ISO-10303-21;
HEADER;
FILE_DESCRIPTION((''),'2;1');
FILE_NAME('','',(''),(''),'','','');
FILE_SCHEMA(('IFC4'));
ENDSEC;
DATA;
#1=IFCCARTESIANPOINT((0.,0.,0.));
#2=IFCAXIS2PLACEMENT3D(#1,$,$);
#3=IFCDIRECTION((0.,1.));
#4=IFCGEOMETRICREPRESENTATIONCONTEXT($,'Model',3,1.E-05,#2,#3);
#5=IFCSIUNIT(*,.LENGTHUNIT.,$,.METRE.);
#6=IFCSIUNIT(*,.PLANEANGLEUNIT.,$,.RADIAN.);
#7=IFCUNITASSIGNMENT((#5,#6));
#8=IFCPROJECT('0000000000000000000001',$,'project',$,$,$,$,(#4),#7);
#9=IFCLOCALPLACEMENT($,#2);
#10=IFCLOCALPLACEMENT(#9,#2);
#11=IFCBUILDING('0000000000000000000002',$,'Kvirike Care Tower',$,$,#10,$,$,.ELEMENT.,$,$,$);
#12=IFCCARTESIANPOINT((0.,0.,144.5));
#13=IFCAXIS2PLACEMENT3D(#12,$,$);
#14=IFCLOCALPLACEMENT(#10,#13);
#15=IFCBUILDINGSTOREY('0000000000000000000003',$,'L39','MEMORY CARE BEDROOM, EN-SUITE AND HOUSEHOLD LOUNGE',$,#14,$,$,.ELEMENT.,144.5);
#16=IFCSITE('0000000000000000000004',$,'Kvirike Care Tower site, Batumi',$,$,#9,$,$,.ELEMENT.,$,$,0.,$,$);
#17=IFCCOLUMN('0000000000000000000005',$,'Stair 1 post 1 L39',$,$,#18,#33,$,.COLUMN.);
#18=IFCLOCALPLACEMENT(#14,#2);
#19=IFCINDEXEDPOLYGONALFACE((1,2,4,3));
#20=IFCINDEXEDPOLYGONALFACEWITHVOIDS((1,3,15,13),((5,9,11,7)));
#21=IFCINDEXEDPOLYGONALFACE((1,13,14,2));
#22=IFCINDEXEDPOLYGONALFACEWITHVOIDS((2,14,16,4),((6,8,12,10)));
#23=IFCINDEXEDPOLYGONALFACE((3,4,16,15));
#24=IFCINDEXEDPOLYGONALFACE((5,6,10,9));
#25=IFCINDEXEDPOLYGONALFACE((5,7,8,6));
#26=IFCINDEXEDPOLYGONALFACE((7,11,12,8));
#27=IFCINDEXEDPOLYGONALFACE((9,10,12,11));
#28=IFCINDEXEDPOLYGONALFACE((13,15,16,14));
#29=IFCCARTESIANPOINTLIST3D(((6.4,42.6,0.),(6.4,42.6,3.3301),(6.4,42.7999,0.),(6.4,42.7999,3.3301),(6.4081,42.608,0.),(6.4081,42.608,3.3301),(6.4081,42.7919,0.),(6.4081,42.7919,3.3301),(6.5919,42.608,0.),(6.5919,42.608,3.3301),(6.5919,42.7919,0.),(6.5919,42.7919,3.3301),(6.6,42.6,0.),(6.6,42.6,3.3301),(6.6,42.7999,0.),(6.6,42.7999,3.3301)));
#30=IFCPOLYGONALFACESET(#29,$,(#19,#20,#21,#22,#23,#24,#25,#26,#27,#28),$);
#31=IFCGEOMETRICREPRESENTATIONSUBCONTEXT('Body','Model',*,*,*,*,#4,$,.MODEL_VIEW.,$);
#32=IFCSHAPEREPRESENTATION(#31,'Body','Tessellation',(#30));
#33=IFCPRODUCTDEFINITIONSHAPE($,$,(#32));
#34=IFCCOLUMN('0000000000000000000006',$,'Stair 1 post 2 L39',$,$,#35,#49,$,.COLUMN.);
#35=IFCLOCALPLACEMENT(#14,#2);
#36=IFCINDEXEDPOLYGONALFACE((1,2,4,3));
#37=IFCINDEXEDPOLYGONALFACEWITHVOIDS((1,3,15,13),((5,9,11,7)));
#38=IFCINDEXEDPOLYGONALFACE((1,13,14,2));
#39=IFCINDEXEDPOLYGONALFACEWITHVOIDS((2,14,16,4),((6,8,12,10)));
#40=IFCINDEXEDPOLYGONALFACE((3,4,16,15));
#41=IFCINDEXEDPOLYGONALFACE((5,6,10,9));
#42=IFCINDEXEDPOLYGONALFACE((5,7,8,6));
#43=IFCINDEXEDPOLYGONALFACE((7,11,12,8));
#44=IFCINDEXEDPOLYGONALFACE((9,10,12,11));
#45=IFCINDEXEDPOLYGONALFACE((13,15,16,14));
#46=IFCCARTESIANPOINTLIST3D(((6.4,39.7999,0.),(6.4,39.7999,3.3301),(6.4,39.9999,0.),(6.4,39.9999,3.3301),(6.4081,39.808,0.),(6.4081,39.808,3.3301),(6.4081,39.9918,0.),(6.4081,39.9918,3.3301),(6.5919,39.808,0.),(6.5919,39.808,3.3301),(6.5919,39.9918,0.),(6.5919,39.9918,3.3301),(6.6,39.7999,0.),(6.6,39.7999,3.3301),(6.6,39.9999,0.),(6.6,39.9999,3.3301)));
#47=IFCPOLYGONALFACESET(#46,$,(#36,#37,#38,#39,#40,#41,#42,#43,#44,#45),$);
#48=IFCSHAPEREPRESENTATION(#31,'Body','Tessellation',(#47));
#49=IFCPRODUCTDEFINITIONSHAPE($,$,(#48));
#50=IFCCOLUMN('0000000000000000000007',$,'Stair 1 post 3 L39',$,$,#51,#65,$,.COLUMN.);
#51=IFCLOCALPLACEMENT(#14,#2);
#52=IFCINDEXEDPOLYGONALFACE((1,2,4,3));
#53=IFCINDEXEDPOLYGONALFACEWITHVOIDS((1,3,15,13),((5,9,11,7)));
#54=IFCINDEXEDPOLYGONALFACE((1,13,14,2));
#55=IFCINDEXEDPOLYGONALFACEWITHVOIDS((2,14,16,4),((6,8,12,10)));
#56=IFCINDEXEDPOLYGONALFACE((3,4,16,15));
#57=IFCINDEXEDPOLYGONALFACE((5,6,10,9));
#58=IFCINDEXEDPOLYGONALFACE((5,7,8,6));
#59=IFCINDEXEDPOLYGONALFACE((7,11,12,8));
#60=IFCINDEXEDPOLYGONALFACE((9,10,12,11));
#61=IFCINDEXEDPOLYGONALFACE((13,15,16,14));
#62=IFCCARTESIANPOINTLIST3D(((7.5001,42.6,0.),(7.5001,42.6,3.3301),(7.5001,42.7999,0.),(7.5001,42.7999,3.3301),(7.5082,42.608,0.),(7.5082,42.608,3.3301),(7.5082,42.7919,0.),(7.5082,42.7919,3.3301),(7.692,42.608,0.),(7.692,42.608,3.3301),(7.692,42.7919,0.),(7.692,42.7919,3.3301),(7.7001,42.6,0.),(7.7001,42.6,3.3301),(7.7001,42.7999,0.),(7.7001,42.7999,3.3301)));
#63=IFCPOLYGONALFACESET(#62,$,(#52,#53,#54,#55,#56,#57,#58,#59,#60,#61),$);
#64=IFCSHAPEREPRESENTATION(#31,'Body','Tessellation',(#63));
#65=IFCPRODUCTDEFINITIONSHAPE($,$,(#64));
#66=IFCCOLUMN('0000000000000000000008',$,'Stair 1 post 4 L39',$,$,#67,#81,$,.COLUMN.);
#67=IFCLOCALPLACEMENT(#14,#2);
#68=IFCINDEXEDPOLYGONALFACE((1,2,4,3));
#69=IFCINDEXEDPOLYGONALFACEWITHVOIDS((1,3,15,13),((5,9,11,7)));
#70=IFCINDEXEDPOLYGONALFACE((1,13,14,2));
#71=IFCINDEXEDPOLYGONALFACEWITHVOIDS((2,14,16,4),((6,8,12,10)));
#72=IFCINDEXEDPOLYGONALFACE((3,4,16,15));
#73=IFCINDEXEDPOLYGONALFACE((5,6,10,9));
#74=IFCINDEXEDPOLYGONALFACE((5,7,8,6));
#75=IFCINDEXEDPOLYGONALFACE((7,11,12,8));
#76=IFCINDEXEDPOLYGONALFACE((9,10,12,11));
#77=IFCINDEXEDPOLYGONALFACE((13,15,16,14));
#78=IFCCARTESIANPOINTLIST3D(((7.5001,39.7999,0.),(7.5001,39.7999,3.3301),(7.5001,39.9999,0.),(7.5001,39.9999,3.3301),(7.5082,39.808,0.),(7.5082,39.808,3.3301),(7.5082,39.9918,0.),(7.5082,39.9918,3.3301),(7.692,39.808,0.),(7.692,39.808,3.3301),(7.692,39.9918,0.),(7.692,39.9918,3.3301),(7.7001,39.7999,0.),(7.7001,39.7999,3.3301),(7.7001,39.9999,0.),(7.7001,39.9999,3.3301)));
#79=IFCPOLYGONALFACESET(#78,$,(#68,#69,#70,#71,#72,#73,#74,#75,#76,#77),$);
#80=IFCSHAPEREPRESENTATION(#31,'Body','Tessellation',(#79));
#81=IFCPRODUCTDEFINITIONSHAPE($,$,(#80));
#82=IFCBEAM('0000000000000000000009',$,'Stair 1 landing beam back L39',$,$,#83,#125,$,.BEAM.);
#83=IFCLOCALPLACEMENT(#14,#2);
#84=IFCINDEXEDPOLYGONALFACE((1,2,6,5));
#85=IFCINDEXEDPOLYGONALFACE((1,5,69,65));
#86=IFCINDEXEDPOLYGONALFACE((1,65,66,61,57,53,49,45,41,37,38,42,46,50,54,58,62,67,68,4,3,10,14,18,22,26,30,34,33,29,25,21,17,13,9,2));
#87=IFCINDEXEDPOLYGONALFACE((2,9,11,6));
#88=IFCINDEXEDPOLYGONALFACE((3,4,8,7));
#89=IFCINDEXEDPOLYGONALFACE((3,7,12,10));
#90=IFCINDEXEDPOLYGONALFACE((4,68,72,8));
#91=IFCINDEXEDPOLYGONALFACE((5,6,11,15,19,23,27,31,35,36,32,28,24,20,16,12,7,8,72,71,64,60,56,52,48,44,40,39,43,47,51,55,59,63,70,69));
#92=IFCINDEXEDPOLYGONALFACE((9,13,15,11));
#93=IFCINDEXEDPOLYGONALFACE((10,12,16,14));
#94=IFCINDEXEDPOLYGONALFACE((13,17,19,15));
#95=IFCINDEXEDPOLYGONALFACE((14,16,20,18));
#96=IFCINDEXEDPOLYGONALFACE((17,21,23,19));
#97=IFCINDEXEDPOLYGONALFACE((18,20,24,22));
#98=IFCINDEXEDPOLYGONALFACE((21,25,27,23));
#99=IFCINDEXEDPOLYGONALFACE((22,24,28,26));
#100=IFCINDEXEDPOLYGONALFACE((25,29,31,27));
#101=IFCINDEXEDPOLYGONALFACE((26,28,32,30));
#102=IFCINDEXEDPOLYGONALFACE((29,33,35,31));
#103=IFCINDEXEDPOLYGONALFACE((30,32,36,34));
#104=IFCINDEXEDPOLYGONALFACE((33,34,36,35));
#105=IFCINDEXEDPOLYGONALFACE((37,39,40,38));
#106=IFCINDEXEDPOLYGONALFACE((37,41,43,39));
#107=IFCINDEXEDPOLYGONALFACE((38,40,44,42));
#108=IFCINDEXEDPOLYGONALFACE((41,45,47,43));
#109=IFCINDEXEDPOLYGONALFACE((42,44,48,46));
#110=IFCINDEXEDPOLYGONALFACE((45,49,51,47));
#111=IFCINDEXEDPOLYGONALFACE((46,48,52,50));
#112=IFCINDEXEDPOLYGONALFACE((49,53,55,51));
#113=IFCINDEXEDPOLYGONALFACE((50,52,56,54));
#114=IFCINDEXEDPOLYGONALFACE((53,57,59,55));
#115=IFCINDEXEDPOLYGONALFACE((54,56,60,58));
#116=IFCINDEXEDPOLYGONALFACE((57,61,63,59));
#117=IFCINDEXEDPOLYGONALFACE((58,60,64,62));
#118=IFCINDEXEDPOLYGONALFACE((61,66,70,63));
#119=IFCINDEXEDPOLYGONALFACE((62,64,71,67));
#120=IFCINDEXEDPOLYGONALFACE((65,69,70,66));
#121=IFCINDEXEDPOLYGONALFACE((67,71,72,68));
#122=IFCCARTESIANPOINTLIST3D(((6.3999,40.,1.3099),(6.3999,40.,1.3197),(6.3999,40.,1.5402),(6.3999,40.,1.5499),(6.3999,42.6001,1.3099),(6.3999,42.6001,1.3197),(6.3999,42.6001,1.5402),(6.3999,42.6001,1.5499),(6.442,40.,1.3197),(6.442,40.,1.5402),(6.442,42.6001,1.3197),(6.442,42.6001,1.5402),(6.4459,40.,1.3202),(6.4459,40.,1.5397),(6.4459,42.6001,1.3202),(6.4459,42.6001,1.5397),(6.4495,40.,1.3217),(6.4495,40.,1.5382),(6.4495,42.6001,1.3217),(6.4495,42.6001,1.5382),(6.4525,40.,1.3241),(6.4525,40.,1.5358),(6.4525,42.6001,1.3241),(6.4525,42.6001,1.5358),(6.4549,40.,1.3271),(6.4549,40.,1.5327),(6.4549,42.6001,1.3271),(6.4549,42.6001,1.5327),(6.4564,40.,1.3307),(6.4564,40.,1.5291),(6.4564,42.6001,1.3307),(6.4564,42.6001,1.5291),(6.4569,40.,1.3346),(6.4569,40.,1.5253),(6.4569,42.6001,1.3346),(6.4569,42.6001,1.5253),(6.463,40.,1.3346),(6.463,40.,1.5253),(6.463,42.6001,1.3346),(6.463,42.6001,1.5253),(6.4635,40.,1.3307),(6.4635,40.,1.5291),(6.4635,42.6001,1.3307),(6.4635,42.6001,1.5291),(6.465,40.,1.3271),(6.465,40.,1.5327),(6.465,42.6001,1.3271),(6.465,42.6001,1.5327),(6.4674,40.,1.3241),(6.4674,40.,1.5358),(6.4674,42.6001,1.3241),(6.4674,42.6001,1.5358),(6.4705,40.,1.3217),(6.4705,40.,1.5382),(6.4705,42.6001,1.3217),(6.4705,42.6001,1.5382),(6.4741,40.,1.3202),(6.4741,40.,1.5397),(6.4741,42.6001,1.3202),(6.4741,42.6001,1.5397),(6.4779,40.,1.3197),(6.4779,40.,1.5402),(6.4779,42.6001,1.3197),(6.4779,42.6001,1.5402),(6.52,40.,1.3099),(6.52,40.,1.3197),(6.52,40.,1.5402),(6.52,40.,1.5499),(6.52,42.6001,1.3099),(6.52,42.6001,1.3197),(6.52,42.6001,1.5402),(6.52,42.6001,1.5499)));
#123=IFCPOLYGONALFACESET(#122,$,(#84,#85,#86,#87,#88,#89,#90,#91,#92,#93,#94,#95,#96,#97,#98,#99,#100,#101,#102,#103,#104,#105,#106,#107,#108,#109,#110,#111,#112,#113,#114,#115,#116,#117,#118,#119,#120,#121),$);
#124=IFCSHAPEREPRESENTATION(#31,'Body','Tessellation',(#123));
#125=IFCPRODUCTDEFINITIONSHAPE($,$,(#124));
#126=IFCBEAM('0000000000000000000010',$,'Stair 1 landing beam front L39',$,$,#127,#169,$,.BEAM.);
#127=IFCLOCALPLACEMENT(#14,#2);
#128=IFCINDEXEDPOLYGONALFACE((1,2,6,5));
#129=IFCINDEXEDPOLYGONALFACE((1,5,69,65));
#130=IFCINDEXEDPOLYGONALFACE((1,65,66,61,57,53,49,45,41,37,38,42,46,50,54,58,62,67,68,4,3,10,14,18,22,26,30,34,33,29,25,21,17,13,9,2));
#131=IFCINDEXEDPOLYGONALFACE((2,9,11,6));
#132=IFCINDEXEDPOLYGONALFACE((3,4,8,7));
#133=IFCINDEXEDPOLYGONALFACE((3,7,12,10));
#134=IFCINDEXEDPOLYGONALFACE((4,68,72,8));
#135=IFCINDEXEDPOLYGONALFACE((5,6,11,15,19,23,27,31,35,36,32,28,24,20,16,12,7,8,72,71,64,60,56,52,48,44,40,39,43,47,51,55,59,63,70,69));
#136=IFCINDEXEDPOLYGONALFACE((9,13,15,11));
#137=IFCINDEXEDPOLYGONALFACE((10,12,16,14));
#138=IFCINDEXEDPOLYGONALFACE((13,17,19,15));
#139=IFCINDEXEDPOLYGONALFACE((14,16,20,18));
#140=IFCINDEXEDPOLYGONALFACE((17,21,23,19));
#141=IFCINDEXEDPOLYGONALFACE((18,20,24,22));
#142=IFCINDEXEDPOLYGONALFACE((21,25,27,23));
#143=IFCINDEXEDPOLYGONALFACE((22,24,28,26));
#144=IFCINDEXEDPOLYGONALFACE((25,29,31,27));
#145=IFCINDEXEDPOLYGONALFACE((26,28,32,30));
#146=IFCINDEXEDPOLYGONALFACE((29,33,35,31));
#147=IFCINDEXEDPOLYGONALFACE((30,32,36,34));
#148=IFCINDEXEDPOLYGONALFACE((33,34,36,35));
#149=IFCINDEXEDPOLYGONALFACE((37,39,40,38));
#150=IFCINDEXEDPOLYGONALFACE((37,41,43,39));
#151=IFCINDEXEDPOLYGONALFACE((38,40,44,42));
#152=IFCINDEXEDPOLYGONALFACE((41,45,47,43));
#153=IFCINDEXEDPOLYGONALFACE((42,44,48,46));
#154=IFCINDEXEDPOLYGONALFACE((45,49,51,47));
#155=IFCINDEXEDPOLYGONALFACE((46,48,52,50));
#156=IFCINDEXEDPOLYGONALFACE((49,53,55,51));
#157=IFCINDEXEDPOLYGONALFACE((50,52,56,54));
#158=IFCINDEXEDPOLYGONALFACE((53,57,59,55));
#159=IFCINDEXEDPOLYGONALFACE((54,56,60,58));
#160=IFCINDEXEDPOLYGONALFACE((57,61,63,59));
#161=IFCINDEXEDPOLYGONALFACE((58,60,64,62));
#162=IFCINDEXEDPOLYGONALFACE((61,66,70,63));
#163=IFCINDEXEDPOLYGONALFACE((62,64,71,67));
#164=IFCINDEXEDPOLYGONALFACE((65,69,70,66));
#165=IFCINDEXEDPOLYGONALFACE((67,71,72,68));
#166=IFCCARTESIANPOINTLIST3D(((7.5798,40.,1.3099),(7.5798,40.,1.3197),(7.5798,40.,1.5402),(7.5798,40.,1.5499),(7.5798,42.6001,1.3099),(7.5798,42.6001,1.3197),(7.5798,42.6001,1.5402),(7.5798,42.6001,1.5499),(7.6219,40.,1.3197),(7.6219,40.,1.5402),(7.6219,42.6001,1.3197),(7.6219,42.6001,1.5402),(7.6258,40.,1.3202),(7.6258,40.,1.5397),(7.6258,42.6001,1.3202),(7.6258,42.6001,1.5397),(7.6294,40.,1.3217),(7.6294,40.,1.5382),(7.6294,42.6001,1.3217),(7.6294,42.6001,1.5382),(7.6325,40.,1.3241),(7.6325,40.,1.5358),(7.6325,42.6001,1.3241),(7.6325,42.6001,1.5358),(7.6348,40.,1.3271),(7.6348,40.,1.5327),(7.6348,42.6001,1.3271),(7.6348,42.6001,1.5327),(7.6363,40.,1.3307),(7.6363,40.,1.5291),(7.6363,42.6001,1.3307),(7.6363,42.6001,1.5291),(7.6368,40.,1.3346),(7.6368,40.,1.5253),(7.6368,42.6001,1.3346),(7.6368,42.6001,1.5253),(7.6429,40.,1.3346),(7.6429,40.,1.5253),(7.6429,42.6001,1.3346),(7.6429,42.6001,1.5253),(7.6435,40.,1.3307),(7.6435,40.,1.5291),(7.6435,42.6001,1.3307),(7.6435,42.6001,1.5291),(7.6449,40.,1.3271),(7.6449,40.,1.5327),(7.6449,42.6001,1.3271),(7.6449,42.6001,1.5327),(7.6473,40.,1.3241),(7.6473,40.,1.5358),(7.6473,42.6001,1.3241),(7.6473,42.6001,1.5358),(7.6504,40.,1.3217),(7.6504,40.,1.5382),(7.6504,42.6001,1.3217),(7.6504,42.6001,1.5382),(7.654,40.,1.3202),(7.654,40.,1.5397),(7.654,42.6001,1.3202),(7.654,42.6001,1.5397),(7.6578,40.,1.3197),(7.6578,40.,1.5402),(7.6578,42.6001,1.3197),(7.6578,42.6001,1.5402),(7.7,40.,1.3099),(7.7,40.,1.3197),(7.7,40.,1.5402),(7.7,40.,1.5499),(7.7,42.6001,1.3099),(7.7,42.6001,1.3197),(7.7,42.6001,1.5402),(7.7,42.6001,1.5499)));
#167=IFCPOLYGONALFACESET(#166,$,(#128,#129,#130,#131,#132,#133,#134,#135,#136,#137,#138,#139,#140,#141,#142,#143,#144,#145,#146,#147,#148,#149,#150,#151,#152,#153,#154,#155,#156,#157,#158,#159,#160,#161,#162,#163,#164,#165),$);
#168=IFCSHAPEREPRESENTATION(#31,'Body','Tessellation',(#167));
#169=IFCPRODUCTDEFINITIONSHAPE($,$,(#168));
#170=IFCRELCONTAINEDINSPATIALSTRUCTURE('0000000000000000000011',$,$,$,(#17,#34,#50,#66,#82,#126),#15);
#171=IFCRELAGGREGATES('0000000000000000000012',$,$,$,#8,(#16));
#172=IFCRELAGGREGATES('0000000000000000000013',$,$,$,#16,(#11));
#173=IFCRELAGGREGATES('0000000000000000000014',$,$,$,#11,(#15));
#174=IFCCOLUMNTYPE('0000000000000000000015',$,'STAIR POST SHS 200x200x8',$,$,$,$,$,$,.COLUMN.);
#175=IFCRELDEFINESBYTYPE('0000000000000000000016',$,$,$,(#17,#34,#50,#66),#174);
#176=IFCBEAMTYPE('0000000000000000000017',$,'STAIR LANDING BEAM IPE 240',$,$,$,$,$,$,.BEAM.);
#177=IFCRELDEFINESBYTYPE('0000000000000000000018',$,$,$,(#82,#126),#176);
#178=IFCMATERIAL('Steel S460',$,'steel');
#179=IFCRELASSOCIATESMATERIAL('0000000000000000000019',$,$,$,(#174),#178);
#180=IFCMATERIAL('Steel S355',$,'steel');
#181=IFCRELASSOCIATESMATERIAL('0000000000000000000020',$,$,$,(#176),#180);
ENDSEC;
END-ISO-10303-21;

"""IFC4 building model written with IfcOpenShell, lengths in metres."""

from ifc_helpers import new_model, si_unit, direction, frame, origin, origin_2d, place, context, subcontext, project, spatial, hollow_rectangle, i_section, extrude, material, material_profile, profile_set, type_object, element, save


model = new_model("IFC4")

# Units and contexts
model_context = context("Model", 3, precision=1e-05, world=origin(), true_north=direction((0.0, 1.0)))
body_context = subcontext(model_context, "Body", "Model", "MODEL_VIEW")
ifc_project = project(units=[si_unit("LENGTHUNIT", "METRE"), si_unit("PLANEANGLEUNIT", "RADIAN")], contexts=[model_context])

# Site, building, storey
site_placement = place(None, origin())
site = spatial("IfcSite", under=ifc_project, at=site_placement, Name="Kvirike Care Tower site, Batumi", CompositionType="ELEMENT", RefElevation=0.0)
building_placement = place(site_placement, origin())
building = spatial("IfcBuilding", under=site, at=building_placement, Name="Kvirike Care Tower", CompositionType="ELEMENT")
storey_placement = place(building_placement, frame((0.0, 0.0, 144.5)))
storey = spatial("IfcBuildingStorey", under=building, at=storey_placement, Name="L39", Description="MEMORY CARE BEDROOM, EN-SUITE AND HOUSEHOLD LOUNGE", CompositionType="ELEMENT", Elevation=144.5)

# Columns
ifc_material_1 = material(Name="Steel S460", Category="steel")
ifc_material_profile_1 = material_profile(ifc_material_1, hollow_rectangle(XDim=0.2, YDim=0.2, WallThickness=0.0081, at=origin_2d()), Name="SHS 200x200x8")
ifc_profile_set_1 = profile_set([ifc_material_profile_1], Name="Steel S460")
column_type = type_object("IfcColumnType", Name="STAIR POST SHS 200x200x8", PredefinedType="COLUMN", material=ifc_profile_set_1)
for number, where, z_axis, x_axis, name in (
    (1, (6.5, 42.7, 0.0), (0.0, 0.0, 1.0), (1.0, 0.0, 0.0), "Stair 1 post 1 L39"),
    (2, (6.5, 39.8999, 0.0), (0.0, 0.0, 1.0), (1.0, 0.0, 0.0), "Stair 1 post 2 L39"),
    (3, (7.6001, 42.7, 0.0), (0.0, 0.0, 1.0), (1.0, 0.0, 0.0), "Stair 1 post 3 L39"),
    (4, (7.6001, 39.8999, 0.0), (0.0, 0.0, 1.0), (1.0, 0.0, 0.0), "Stair 1 post 4 L39"),
):
    element("IfcColumn", number, at=place(storey_placement, frame(where, z_axis=z_axis, x_axis=x_axis)), inside=storey, type_object=column_type, Name=name, PredefinedType="COLUMN", context=body_context, shape_type="SweptSolid", body=[
        extrude(hollow_rectangle(XDim=0.2, YDim=0.2, WallThickness=0.0081, at=origin_2d()), origin(), (0.0, 0.0, 1.0), 3.3301),
    ])

# Beams
ifc_material_2 = material(Name="Steel S355", Category="steel")
ifc_material_profile_2 = material_profile(ifc_material_2, i_section(OverallWidth=0.1201, OverallDepth=0.24, WebThickness=0.0061, FlangeThickness=0.0098, FilletRadius=0.0149, at=origin_2d()), Name="IPE 240")
ifc_profile_set_2 = profile_set([ifc_material_profile_2], Name="Steel S355")
beam_type = type_object("IfcBeamType", Name="STAIR LANDING BEAM IPE 240", PredefinedType="BEAM", material=ifc_profile_set_2)
for number, where, z_axis, x_axis, name in (
    (5, (6.46, 42.6001, 1.4299), (0.0, -1.0, 0.0), (1.0, 0.0, 0.0), "Stair 1 landing beam back L39"),
    (6, (7.6399, 42.6001, 1.4299), (0.0, -1.0, 0.0), (1.0, 0.0, 0.0), "Stair 1 landing beam front L39"),
):
    element("IfcBeam", number, at=place(storey_placement, frame(where, z_axis=z_axis, x_axis=x_axis)), inside=storey, type_object=beam_type, Name=name, PredefinedType="BEAM", context=body_context, shape_type="SweptSolid", body=[
        extrude(i_section(OverallWidth=0.1201, OverallDepth=0.24, WebThickness=0.0061, FlangeThickness=0.0098, FilletRadius=0.0149, at=origin_2d()), origin(), (0.0, 0.0, 1.0), 2.6001),
    ])

save(model, "model.ifc")
